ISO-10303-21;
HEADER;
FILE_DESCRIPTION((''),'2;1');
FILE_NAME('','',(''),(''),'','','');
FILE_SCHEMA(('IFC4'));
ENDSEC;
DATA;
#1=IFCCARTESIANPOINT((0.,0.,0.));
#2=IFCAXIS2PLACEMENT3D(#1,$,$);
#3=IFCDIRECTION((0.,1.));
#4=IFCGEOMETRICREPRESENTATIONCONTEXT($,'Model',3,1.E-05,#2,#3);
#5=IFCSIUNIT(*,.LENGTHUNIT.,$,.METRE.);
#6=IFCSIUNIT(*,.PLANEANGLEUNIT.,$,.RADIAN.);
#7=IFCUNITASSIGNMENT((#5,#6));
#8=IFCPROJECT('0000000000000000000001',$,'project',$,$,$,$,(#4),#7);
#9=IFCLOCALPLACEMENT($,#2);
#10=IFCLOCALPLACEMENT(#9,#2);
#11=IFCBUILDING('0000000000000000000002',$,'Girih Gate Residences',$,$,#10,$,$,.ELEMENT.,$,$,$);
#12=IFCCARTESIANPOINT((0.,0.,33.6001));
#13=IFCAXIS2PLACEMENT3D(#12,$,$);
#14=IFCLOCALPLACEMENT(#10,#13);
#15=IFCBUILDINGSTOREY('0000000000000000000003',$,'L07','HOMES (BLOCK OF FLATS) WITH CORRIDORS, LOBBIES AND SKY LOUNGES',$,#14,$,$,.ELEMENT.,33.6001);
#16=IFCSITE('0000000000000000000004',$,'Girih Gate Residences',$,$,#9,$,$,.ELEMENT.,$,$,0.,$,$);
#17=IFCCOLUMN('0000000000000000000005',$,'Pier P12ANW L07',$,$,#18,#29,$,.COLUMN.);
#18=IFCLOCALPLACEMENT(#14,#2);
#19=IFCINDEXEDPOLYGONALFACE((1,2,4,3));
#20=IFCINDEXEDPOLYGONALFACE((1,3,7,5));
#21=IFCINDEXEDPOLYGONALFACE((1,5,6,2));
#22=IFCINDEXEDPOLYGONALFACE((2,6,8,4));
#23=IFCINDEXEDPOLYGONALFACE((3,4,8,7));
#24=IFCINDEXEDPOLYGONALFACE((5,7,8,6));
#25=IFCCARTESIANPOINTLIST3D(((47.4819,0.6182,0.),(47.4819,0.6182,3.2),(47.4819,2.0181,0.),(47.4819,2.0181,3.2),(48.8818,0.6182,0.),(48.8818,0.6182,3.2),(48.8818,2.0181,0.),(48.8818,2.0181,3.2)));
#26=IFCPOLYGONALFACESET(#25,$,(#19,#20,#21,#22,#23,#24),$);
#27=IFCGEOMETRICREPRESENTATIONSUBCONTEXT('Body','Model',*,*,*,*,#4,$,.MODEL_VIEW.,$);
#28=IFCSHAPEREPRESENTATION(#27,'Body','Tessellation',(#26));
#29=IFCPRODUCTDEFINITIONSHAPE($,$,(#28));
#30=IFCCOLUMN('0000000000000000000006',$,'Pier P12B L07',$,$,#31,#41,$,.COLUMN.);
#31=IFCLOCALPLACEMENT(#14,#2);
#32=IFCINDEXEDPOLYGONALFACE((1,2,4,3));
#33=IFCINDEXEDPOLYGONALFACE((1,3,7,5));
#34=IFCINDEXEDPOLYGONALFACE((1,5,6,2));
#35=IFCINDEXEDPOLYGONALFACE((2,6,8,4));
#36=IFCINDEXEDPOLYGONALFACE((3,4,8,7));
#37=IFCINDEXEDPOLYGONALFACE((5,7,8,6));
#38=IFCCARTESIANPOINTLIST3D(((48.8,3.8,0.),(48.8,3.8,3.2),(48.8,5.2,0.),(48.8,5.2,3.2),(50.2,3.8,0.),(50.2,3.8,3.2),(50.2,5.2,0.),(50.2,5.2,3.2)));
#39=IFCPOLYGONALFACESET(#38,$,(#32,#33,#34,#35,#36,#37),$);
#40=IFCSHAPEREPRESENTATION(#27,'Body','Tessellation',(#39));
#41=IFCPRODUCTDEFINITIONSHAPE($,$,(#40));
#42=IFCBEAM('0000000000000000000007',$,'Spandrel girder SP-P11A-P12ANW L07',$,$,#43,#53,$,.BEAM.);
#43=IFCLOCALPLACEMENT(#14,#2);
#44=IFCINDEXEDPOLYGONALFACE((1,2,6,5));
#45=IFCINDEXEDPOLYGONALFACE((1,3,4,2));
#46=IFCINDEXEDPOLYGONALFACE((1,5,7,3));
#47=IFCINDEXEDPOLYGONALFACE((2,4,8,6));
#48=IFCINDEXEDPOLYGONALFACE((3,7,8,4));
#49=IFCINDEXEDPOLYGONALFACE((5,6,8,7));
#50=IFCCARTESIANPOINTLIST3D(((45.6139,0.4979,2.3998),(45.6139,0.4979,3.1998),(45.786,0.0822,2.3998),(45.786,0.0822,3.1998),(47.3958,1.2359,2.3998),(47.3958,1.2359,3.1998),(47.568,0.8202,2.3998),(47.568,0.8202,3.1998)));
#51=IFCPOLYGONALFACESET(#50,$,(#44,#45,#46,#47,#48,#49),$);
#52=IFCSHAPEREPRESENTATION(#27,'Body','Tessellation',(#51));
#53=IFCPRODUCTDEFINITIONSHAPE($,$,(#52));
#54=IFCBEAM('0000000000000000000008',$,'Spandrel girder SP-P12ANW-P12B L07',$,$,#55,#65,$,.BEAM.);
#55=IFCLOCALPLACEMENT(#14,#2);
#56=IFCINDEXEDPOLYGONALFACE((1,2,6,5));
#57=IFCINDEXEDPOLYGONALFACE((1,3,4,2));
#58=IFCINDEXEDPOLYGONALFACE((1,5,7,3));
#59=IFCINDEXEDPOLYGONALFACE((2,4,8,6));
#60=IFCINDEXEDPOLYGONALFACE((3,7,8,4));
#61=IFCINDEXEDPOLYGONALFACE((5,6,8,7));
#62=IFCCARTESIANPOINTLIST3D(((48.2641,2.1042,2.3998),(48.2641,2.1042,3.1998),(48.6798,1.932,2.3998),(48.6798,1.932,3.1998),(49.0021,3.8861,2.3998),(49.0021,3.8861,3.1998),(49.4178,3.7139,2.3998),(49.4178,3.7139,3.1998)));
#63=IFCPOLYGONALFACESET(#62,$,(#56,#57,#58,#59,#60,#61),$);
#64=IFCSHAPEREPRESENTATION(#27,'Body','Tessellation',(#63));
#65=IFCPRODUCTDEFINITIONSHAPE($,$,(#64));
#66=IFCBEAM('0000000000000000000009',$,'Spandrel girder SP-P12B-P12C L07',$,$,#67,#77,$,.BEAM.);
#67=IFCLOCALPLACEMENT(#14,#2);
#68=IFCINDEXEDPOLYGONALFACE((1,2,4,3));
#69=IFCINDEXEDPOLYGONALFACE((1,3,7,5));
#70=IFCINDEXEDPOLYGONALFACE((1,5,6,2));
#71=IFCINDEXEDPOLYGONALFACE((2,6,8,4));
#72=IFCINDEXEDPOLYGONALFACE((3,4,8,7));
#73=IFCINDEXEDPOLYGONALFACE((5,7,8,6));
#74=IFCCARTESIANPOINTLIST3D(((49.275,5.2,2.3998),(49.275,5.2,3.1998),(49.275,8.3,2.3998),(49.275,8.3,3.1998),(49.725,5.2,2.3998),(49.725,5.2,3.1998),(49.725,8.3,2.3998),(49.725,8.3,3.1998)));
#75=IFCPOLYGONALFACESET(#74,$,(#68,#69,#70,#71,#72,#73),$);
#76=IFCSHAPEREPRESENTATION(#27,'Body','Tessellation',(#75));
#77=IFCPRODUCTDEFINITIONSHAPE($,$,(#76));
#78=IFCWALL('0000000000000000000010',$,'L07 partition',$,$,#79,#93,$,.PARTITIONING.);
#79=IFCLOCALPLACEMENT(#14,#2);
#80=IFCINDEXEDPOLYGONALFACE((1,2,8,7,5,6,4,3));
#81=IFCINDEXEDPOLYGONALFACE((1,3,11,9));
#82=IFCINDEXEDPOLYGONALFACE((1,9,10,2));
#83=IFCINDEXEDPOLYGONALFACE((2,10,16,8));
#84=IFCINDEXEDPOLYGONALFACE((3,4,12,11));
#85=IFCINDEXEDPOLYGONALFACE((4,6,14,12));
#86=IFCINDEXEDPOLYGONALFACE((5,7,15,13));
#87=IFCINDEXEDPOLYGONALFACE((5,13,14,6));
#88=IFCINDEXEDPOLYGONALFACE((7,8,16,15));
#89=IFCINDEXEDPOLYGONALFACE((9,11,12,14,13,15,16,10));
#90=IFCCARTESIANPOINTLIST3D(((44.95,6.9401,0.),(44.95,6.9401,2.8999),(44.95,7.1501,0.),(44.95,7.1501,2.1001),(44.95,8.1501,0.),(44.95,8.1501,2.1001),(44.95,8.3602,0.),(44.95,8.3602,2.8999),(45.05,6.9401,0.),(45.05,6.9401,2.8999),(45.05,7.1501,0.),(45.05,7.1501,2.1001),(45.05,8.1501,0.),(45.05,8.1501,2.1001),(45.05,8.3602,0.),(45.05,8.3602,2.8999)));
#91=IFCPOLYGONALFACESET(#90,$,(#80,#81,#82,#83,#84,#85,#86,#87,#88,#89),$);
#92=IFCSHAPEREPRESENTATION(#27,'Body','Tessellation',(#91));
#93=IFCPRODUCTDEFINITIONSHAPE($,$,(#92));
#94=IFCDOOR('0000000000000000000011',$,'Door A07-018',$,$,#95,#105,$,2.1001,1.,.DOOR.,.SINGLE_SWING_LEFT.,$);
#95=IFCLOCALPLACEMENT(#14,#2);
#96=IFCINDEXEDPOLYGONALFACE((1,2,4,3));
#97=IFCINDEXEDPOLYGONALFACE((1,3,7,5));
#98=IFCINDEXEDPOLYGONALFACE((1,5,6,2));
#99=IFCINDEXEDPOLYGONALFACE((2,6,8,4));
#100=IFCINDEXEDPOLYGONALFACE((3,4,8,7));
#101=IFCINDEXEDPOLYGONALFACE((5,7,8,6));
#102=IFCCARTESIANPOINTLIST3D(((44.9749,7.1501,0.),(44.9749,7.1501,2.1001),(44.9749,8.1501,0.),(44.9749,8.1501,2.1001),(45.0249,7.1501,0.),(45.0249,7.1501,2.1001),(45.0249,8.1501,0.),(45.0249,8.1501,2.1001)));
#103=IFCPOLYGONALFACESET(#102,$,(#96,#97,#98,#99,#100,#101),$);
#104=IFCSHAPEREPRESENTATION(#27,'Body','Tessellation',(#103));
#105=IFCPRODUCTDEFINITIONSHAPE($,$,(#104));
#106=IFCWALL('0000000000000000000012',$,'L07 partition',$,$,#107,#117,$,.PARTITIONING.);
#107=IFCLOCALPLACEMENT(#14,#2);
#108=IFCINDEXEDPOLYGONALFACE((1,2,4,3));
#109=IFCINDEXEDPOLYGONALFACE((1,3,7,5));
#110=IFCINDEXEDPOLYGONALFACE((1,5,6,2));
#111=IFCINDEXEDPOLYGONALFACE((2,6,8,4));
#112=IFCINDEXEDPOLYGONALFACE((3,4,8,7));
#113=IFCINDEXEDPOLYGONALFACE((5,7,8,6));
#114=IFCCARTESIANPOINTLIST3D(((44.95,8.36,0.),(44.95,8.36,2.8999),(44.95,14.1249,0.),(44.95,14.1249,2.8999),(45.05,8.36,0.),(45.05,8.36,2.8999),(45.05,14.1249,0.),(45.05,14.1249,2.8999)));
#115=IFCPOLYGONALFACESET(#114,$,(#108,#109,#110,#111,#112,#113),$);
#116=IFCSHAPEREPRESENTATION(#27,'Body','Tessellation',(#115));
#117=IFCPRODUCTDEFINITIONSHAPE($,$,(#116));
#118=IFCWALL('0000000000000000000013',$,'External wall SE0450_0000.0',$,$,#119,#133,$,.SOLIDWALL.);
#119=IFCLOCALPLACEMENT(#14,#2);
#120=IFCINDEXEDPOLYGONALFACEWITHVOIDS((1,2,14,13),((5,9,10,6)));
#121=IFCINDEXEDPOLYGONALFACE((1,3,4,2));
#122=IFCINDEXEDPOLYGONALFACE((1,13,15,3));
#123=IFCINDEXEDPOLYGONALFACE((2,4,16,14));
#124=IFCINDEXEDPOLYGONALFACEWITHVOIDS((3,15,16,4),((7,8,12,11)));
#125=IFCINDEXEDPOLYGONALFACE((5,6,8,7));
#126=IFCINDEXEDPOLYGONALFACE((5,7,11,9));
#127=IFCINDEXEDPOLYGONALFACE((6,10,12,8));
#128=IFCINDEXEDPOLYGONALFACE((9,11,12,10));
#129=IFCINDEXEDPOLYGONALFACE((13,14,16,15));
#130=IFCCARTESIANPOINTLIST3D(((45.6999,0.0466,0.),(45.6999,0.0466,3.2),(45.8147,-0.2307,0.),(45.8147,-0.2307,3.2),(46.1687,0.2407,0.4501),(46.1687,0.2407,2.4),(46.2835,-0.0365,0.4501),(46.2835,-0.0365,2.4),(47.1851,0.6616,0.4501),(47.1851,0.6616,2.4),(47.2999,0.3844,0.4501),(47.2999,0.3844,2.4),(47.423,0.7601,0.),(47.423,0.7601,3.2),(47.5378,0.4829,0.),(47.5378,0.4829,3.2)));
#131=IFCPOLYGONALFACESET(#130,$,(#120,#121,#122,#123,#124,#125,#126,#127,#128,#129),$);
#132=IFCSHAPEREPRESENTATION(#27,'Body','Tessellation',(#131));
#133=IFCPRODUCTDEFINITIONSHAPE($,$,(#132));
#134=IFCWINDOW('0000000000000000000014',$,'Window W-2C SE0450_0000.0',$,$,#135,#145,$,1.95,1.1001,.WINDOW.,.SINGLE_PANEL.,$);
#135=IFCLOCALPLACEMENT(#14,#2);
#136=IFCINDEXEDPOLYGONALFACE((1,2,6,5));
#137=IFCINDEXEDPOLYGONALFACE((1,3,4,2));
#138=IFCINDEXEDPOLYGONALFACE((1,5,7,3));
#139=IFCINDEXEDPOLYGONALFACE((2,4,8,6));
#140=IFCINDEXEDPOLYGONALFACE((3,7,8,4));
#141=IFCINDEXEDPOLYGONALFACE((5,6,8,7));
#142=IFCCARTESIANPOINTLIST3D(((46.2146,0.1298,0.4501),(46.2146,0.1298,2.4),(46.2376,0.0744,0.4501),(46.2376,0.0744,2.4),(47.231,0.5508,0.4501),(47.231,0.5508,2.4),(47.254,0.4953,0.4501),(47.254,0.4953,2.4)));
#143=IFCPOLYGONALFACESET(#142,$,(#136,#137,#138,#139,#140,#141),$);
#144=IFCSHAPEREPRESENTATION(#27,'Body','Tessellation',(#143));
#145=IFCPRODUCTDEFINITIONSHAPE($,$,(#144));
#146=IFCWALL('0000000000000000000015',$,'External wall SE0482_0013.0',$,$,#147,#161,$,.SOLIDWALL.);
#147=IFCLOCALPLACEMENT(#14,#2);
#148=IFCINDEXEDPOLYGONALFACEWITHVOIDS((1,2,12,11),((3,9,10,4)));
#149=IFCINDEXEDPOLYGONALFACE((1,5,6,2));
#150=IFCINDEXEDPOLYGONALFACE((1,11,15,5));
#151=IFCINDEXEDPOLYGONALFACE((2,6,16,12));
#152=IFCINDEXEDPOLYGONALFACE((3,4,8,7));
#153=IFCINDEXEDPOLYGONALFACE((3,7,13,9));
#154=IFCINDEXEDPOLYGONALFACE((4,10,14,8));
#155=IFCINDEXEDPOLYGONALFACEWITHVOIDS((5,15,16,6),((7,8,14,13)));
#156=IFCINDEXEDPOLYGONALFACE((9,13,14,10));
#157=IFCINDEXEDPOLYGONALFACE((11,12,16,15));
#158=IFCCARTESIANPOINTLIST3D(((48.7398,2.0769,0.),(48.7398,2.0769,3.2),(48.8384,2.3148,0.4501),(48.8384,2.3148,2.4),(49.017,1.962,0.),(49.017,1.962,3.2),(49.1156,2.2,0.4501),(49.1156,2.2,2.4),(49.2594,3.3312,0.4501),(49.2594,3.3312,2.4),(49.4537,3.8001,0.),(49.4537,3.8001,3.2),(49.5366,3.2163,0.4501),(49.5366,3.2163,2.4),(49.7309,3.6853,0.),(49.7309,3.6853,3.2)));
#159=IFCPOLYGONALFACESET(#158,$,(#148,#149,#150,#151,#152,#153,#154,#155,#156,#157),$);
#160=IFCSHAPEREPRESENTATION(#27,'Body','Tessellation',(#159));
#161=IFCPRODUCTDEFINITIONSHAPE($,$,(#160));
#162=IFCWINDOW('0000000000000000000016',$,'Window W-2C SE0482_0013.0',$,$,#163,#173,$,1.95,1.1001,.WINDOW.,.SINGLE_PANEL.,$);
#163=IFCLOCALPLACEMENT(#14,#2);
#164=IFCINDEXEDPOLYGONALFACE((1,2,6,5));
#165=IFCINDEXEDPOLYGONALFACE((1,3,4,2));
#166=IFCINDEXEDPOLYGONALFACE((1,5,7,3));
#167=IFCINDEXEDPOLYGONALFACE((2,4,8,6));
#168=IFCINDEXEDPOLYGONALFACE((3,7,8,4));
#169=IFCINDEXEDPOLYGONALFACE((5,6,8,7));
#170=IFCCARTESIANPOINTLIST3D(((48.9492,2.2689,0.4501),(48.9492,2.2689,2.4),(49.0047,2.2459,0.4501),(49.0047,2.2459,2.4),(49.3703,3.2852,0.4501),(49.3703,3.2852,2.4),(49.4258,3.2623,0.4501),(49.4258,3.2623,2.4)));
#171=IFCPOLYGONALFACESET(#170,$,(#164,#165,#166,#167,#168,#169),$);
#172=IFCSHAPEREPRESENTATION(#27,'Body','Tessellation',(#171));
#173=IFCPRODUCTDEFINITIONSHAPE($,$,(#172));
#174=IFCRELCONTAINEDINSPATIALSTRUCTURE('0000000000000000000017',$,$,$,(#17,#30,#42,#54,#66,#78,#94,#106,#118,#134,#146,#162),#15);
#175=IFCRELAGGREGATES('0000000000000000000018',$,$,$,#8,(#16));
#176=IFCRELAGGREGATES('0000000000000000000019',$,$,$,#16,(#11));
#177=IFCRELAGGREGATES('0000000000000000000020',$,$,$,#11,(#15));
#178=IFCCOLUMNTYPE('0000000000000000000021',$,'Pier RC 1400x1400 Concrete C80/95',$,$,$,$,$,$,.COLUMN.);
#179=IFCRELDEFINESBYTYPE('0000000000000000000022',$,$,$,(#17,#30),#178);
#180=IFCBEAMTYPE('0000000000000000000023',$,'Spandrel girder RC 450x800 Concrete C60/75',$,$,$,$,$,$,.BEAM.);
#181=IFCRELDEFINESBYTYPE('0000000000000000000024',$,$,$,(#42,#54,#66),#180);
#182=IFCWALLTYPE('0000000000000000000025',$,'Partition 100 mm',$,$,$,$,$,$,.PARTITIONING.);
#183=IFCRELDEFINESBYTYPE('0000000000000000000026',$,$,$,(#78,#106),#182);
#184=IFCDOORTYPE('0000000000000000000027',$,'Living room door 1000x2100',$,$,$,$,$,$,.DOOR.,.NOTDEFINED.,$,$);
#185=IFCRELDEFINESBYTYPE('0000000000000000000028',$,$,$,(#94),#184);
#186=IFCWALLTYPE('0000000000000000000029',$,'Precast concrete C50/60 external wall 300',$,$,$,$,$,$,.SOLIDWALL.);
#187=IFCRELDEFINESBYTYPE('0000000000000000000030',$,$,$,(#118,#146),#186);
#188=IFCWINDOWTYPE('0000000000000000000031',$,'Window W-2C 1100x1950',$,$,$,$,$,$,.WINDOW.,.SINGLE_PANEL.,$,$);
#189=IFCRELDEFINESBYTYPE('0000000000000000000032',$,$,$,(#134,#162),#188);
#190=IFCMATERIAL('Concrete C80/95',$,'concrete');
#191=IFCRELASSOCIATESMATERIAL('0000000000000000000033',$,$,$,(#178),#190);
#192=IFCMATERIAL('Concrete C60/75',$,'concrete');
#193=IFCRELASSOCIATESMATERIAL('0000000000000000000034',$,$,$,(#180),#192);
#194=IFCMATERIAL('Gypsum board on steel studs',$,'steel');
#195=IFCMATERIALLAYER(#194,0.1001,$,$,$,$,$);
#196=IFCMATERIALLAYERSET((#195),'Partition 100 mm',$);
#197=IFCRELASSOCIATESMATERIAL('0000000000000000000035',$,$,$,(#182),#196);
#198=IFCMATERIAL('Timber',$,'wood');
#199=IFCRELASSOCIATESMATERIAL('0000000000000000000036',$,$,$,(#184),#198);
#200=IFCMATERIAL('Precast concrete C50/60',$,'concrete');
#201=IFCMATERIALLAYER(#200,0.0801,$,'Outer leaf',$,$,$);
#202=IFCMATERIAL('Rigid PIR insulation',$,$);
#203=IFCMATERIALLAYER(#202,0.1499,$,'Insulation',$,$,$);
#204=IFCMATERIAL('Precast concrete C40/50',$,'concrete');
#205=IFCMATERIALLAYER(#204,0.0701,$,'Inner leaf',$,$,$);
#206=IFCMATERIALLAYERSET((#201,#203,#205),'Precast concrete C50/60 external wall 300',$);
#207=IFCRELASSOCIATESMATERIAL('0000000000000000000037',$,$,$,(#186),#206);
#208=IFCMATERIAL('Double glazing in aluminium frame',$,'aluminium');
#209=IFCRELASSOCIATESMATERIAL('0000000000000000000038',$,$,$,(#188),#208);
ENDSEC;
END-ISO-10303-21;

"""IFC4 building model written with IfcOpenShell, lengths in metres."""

from ifc_helpers import new_model, si_unit, direction, frame, frame_2d, origin, origin_2d, place, context, subcontext, project, spatial, rectangle, extrude, material, layer, layer_set, material_profile, profile_set, type_object, element, fill, save


model = new_model("IFC4")

# Units and contexts
model_context = context("Model", 3, precision=1e-05, world=origin(), true_north=direction((0.0, 1.0)))
body_context = subcontext(model_context, "Body", "Model", "MODEL_VIEW")
ifc_project = project(units=[si_unit("LENGTHUNIT", "METRE"), si_unit("PLANEANGLEUNIT", "RADIAN")], contexts=[model_context])

# Site, building, storey
site_placement = place(None, origin())
site = spatial("IfcSite", under=ifc_project, at=site_placement, Name="Girih Gate Residences", CompositionType="ELEMENT", RefElevation=0.0)
building_placement = place(site_placement, origin())
building = spatial("IfcBuilding", under=site, at=building_placement, Name="Girih Gate Residences", CompositionType="ELEMENT")
storey_placement = place(building_placement, frame((0.0, 0.0, 33.6001)))
storey = spatial("IfcBuildingStorey", under=building, at=storey_placement, Name="L07", Description="HOMES (BLOCK OF FLATS) WITH CORRIDORS, LOBBIES AND SKY LOUNGES", CompositionType="ELEMENT", Elevation=33.6001)

# Columns
ifc_material_1 = material(Name="Concrete C80/95", Category="concrete")
ifc_material_profile_1 = material_profile(ifc_material_1, rectangle(XDim=1.3999, YDim=1.3999, at=origin_2d()))
ifc_profile_set_1 = profile_set([ifc_material_profile_1], Name="Concrete C80/95")
column_type = type_object("IfcColumnType", Name="Pier RC 1400x1400 Concrete C80/95", PredefinedType="COLUMN", material=ifc_profile_set_1)
for number, where, z_axis, x_axis, name in (
    (1, (48.1819, 1.3181, 0.0), (0.0, 0.0, 1.0), (1.0, 0.0, 0.0), "Pier P12ANW L07"),
    (2, (49.5, 4.5, 0.0), (0.0, 0.0, 1.0), (1.0, 0.0, 0.0), "Pier P12B L07"),
):
    element("IfcColumn", number, at=place(storey_placement, frame(where, z_axis=z_axis, x_axis=x_axis)), inside=storey, type_object=column_type, Name=name, PredefinedType="COLUMN", context=body_context, shape_type="SweptSolid", body=[
        extrude(rectangle(XDim=1.3999, YDim=1.3999, at=origin_2d()), origin(), (0.0, 0.0, 1.0), 3.2),
    ])

# Beams
ifc_material_2 = material(Name="Concrete C60/75", Category="concrete")
ifc_material_profile_2 = material_profile(ifc_material_2, rectangle(XDim=0.45, YDim=0.8, at=origin_2d()))
ifc_profile_set_2 = profile_set([ifc_material_profile_2], Name="Concrete C60/75")
beam_type = type_object("IfcBeamType", Name="Spandrel girder RC 450x800 Concrete C60/75", PredefinedType="BEAM", material=ifc_profile_set_2)
for number, where, z_axis, x_axis, name in (
    (3, (45.7, 0.29, 2.7998), (0.923895, 0.382646, 0.0), (-0.382646, 0.923895, 0.0), "Spandrel girder SP-P11A-P12ANW L07"),
    (4, (48.4719, 2.0181, 2.7998), (0.382646, 0.923895, 0.0), (-0.923895, 0.382646, 0.0), "Spandrel girder SP-P12ANW-P12B L07"),
):
    element("IfcBeam", number, at=place(storey_placement, frame(where, z_axis=z_axis, x_axis=x_axis)), inside=storey, type_object=beam_type, Name=name, PredefinedType="BEAM", context=body_context, shape_type="SweptSolid", body=[
        extrude(rectangle(XDim=0.45, YDim=0.8, at=origin_2d()), origin(), (0.0, 0.0, 1.0), 1.9287),
    ])
beam_placement = place(storey_placement, frame((49.5, 5.2, 2.7998), z_axis=(0.0, 1.0, 0.0), x_axis=(-1.0, 0.0, 0.0)))
element("IfcBeam", 5, at=beam_placement, inside=storey, type_object=beam_type, Name="Spandrel girder SP-P12B-P12C L07", PredefinedType="BEAM", context=body_context, shape_type="SweptSolid", body=[
    extrude(rectangle(XDim=0.45, YDim=0.8, at=origin_2d()), origin(), (0.0, 0.0, 1.0), 3.1001),
])

# Wall, opening, door
ifc_material_3 = material(Name="Gypsum board on steel studs", Category="steel")
ifc_layer_1 = layer(ifc_material_3, 0.1001)
ifc_layer_set_1 = layer_set([ifc_layer_1], Name="Partition 100 mm")
wall_type_1 = type_object("IfcWallType", Name="Partition 100 mm", PredefinedType="PARTITIONING", material=ifc_layer_set_1)
wall_1_placement = place(storey_placement, frame((45.0, 8.3601, 0.0), z_axis=(0.0, 0.0, 1.0), x_axis=(0.0, -1.0, 0.0)))
wall_1 = element("IfcWall", 6, at=wall_1_placement, inside=storey, type_object=wall_type_1, Name="L07 partition", PredefinedType="PARTITIONING", context=body_context, shape_type="SweptSolid", body=[
    extrude(rectangle(XDim=1.4202, YDim=0.1001, at=frame_2d((0.71, 0.0))), origin(), (0.0, 0.0, 1.0), 2.8999),
])
opening_1_placement = place(wall_1_placement, frame((0.21, 0.0, 0.0)))
opening_1 = element("IfcOpeningElement", 7, at=opening_1_placement, cuts=wall_1, PredefinedType="OPENING", context=body_context, shape_type="SweptSolid", body=[
    extrude(rectangle(XDim=1.0, YDim=2.1001, at=frame_2d((0.5, 1.05))), frame((0.0, 0.0601, 0.0), z_axis=(0.0, -1.0, 0.0), x_axis=(1.0, 0.0, 0.0)), (0.0, 0.0, 1.0), 0.1201),
])
ifc_material_4 = material(Name="Timber", Category="wood")
door_type = type_object("IfcDoorType", Name="Living room door 1000x2100", OperationType="NOTDEFINED", PredefinedType="DOOR", material=ifc_material_4)
door_placement = place(opening_1_placement, origin())
door = element("IfcDoor", 8, at=door_placement, inside=storey, type_object=door_type, Name="Door A07-018", OperationType="SINGLE_SWING_LEFT", OverallHeight=2.1001, OverallWidth=1.0, PredefinedType="DOOR", context=body_context, shape_type="SweptSolid", body=[
    extrude(rectangle(XDim=1.0, YDim=2.1001, at=frame_2d((0.5, 1.05))), frame((0.0, 0.0249, 0.0), z_axis=(0.0, -1.0, 0.0), x_axis=(1.0, 0.0, 0.0)), (0.0, 0.0, 1.0), 0.05),
])
fill(opening_1, door)

# Wall
wall_2_placement = place(storey_placement, frame((45.0, 8.3601, 0.0), z_axis=(0.0, 0.0, 1.0), x_axis=(0.0, 1.0, 0.0)))
element("IfcWall", 9, at=wall_2_placement, inside=storey, type_object=wall_type_1, Name="L07 partition", PredefinedType="PARTITIONING", context=body_context, shape_type="SweptSolid", body=[
    extrude(rectangle(XDim=5.7649, YDim=0.1001, at=frame_2d((2.8823, 0.0))), origin(), (0.0, 0.0, 1.0), 2.8999),
])

# Walls, openings, windows
ifc_material_5 = material(Name="Precast concrete C50/60", Category="concrete")
ifc_layer_2 = layer(ifc_material_5, 0.0801, Name="Outer leaf")
ifc_material_6 = material(Name="Rigid PIR insulation")
ifc_layer_3 = layer(ifc_material_6, 0.1499, Name="Insulation")
ifc_material_7 = material(Name="Precast concrete C40/50", Category="concrete")
ifc_layer_4 = layer(ifc_material_7, 0.0701, Name="Inner leaf")
ifc_layer_set_2 = layer_set([ifc_layer_2, ifc_layer_3, ifc_layer_4], Name="Precast concrete C50/60 external wall 300")
wall_type_2 = type_object("IfcWallType", Name="Precast concrete C50/60 external wall 300", PredefinedType="SOLIDWALL", material=ifc_layer_set_2)
wall_3_placement = place(storey_placement, frame((47.4805, 0.6216, 0.0), z_axis=(0.0, 0.0, 1.0), x_axis=(-0.923904, -0.382625, 0.0)))
wall_3 = element("IfcWall", 10, at=wall_3_placement, inside=storey, type_object=wall_type_2, Name="External wall SE0450_0000.0", PredefinedType="SOLIDWALL", context=body_context, shape_type="SweptSolid", body=[
    extrude(rectangle(XDim=1.865, YDim=0.3, at=frame_2d((0.9326, 0.0))), origin(), (0.0, 0.0, 1.0), 3.2),
])
opening_2_placement = place(wall_3_placement, frame((0.2576, 0.0, 0.45)))
opening_2 = element("IfcOpeningElement", 11, at=opening_2_placement, cuts=wall_3, PredefinedType="OPENING", context=body_context, shape_type="SweptSolid", body=[
    extrude(rectangle(XDim=1.1001, YDim=1.95, at=frame_2d((0.55, 0.9751))), frame((0.0, 0.1599, 0.0), z_axis=(0.0, -1.0, 0.0), x_axis=(1.0, 0.0, 0.0)), (0.0, 0.0, 1.0), 0.3201),
])
ifc_material_8 = material(Name="Double glazing in aluminium frame", Category="aluminium")
window_type_1 = type_object("IfcWindowType", Name="Window W-2C 1100x1950", PartitioningType="SINGLE_PANEL", PredefinedType="WINDOW", material=ifc_material_8)
window_1_placement = place(opening_2_placement, origin())
window_1 = element("IfcWindow", 12, at=window_1_placement, inside=storey, type_object=window_type_1, Name="Window W-2C SE0450_0000.0", OverallHeight=1.95, OverallWidth=1.1001, PartitioningType="SINGLE_PANEL", PredefinedType="WINDOW", context=body_context, shape_type="SweptSolid", body=[
    extrude(rectangle(XDim=1.1001, YDim=1.95, at=frame_2d((0.55, 0.9751))), frame((0.0, 0.03, 0.0), z_axis=(0.0, -1.0, 0.0), x_axis=(1.0, 0.0, 0.0)), (0.0, 0.0, 1.0), 0.0601),
])
fill(opening_2, window_1)
wall_4_placement = place(storey_placement, frame((49.5923, 3.7427, 0.0), z_axis=(0.0, 0.0, 1.0), x_axis=(-0.382737, -0.923857, 0.0)))
wall_4 = element("IfcWall", 13, at=wall_4_placement, inside=storey, type_object=wall_type_2, Name="External wall SE0482_0013.0", PredefinedType="SOLIDWALL", context=body_context, shape_type="SweptSolid", body=[
    extrude(rectangle(XDim=1.8652, YDim=0.3, at=frame_2d((0.9326, 0.0))), origin(), (0.0, 0.0, 1.0), 3.2),
])
opening_3_placement = place(wall_4_placement, frame((0.5076, 0.0, 0.45)))
opening_3 = element("IfcOpeningElement", 14, at=opening_3_placement, cuts=wall_4, PredefinedType="OPENING", context=body_context, shape_type="SweptSolid", body=[
    extrude(rectangle(XDim=1.1001, YDim=1.95, at=frame_2d((0.55, 0.9751))), frame((0.0, 0.1599, 0.0), z_axis=(0.0, -1.0, 0.0), x_axis=(1.0, 0.0, 0.0)), (0.0, 0.0, 1.0), 0.3201),
])
window_2_placement = place(opening_3_placement, origin())
window_2 = element("IfcWindow", 15, at=window_2_placement, inside=storey, type_object=window_type_1, Name="Window W-2C SE0482_0013.0", OverallHeight=1.95, OverallWidth=1.1001, PartitioningType="SINGLE_PANEL", PredefinedType="WINDOW", context=body_context, shape_type="SweptSolid", body=[
    extrude(rectangle(XDim=1.1001, YDim=1.95, at=frame_2d((0.55, 0.9751))), frame((0.0, 0.03, 0.0), z_axis=(0.0, -1.0, 0.0), x_axis=(1.0, 0.0, 0.0)), (0.0, 0.0, 1.0), 0.0601),
])
fill(opening_3, window_2)

save(model, "model.ifc")
